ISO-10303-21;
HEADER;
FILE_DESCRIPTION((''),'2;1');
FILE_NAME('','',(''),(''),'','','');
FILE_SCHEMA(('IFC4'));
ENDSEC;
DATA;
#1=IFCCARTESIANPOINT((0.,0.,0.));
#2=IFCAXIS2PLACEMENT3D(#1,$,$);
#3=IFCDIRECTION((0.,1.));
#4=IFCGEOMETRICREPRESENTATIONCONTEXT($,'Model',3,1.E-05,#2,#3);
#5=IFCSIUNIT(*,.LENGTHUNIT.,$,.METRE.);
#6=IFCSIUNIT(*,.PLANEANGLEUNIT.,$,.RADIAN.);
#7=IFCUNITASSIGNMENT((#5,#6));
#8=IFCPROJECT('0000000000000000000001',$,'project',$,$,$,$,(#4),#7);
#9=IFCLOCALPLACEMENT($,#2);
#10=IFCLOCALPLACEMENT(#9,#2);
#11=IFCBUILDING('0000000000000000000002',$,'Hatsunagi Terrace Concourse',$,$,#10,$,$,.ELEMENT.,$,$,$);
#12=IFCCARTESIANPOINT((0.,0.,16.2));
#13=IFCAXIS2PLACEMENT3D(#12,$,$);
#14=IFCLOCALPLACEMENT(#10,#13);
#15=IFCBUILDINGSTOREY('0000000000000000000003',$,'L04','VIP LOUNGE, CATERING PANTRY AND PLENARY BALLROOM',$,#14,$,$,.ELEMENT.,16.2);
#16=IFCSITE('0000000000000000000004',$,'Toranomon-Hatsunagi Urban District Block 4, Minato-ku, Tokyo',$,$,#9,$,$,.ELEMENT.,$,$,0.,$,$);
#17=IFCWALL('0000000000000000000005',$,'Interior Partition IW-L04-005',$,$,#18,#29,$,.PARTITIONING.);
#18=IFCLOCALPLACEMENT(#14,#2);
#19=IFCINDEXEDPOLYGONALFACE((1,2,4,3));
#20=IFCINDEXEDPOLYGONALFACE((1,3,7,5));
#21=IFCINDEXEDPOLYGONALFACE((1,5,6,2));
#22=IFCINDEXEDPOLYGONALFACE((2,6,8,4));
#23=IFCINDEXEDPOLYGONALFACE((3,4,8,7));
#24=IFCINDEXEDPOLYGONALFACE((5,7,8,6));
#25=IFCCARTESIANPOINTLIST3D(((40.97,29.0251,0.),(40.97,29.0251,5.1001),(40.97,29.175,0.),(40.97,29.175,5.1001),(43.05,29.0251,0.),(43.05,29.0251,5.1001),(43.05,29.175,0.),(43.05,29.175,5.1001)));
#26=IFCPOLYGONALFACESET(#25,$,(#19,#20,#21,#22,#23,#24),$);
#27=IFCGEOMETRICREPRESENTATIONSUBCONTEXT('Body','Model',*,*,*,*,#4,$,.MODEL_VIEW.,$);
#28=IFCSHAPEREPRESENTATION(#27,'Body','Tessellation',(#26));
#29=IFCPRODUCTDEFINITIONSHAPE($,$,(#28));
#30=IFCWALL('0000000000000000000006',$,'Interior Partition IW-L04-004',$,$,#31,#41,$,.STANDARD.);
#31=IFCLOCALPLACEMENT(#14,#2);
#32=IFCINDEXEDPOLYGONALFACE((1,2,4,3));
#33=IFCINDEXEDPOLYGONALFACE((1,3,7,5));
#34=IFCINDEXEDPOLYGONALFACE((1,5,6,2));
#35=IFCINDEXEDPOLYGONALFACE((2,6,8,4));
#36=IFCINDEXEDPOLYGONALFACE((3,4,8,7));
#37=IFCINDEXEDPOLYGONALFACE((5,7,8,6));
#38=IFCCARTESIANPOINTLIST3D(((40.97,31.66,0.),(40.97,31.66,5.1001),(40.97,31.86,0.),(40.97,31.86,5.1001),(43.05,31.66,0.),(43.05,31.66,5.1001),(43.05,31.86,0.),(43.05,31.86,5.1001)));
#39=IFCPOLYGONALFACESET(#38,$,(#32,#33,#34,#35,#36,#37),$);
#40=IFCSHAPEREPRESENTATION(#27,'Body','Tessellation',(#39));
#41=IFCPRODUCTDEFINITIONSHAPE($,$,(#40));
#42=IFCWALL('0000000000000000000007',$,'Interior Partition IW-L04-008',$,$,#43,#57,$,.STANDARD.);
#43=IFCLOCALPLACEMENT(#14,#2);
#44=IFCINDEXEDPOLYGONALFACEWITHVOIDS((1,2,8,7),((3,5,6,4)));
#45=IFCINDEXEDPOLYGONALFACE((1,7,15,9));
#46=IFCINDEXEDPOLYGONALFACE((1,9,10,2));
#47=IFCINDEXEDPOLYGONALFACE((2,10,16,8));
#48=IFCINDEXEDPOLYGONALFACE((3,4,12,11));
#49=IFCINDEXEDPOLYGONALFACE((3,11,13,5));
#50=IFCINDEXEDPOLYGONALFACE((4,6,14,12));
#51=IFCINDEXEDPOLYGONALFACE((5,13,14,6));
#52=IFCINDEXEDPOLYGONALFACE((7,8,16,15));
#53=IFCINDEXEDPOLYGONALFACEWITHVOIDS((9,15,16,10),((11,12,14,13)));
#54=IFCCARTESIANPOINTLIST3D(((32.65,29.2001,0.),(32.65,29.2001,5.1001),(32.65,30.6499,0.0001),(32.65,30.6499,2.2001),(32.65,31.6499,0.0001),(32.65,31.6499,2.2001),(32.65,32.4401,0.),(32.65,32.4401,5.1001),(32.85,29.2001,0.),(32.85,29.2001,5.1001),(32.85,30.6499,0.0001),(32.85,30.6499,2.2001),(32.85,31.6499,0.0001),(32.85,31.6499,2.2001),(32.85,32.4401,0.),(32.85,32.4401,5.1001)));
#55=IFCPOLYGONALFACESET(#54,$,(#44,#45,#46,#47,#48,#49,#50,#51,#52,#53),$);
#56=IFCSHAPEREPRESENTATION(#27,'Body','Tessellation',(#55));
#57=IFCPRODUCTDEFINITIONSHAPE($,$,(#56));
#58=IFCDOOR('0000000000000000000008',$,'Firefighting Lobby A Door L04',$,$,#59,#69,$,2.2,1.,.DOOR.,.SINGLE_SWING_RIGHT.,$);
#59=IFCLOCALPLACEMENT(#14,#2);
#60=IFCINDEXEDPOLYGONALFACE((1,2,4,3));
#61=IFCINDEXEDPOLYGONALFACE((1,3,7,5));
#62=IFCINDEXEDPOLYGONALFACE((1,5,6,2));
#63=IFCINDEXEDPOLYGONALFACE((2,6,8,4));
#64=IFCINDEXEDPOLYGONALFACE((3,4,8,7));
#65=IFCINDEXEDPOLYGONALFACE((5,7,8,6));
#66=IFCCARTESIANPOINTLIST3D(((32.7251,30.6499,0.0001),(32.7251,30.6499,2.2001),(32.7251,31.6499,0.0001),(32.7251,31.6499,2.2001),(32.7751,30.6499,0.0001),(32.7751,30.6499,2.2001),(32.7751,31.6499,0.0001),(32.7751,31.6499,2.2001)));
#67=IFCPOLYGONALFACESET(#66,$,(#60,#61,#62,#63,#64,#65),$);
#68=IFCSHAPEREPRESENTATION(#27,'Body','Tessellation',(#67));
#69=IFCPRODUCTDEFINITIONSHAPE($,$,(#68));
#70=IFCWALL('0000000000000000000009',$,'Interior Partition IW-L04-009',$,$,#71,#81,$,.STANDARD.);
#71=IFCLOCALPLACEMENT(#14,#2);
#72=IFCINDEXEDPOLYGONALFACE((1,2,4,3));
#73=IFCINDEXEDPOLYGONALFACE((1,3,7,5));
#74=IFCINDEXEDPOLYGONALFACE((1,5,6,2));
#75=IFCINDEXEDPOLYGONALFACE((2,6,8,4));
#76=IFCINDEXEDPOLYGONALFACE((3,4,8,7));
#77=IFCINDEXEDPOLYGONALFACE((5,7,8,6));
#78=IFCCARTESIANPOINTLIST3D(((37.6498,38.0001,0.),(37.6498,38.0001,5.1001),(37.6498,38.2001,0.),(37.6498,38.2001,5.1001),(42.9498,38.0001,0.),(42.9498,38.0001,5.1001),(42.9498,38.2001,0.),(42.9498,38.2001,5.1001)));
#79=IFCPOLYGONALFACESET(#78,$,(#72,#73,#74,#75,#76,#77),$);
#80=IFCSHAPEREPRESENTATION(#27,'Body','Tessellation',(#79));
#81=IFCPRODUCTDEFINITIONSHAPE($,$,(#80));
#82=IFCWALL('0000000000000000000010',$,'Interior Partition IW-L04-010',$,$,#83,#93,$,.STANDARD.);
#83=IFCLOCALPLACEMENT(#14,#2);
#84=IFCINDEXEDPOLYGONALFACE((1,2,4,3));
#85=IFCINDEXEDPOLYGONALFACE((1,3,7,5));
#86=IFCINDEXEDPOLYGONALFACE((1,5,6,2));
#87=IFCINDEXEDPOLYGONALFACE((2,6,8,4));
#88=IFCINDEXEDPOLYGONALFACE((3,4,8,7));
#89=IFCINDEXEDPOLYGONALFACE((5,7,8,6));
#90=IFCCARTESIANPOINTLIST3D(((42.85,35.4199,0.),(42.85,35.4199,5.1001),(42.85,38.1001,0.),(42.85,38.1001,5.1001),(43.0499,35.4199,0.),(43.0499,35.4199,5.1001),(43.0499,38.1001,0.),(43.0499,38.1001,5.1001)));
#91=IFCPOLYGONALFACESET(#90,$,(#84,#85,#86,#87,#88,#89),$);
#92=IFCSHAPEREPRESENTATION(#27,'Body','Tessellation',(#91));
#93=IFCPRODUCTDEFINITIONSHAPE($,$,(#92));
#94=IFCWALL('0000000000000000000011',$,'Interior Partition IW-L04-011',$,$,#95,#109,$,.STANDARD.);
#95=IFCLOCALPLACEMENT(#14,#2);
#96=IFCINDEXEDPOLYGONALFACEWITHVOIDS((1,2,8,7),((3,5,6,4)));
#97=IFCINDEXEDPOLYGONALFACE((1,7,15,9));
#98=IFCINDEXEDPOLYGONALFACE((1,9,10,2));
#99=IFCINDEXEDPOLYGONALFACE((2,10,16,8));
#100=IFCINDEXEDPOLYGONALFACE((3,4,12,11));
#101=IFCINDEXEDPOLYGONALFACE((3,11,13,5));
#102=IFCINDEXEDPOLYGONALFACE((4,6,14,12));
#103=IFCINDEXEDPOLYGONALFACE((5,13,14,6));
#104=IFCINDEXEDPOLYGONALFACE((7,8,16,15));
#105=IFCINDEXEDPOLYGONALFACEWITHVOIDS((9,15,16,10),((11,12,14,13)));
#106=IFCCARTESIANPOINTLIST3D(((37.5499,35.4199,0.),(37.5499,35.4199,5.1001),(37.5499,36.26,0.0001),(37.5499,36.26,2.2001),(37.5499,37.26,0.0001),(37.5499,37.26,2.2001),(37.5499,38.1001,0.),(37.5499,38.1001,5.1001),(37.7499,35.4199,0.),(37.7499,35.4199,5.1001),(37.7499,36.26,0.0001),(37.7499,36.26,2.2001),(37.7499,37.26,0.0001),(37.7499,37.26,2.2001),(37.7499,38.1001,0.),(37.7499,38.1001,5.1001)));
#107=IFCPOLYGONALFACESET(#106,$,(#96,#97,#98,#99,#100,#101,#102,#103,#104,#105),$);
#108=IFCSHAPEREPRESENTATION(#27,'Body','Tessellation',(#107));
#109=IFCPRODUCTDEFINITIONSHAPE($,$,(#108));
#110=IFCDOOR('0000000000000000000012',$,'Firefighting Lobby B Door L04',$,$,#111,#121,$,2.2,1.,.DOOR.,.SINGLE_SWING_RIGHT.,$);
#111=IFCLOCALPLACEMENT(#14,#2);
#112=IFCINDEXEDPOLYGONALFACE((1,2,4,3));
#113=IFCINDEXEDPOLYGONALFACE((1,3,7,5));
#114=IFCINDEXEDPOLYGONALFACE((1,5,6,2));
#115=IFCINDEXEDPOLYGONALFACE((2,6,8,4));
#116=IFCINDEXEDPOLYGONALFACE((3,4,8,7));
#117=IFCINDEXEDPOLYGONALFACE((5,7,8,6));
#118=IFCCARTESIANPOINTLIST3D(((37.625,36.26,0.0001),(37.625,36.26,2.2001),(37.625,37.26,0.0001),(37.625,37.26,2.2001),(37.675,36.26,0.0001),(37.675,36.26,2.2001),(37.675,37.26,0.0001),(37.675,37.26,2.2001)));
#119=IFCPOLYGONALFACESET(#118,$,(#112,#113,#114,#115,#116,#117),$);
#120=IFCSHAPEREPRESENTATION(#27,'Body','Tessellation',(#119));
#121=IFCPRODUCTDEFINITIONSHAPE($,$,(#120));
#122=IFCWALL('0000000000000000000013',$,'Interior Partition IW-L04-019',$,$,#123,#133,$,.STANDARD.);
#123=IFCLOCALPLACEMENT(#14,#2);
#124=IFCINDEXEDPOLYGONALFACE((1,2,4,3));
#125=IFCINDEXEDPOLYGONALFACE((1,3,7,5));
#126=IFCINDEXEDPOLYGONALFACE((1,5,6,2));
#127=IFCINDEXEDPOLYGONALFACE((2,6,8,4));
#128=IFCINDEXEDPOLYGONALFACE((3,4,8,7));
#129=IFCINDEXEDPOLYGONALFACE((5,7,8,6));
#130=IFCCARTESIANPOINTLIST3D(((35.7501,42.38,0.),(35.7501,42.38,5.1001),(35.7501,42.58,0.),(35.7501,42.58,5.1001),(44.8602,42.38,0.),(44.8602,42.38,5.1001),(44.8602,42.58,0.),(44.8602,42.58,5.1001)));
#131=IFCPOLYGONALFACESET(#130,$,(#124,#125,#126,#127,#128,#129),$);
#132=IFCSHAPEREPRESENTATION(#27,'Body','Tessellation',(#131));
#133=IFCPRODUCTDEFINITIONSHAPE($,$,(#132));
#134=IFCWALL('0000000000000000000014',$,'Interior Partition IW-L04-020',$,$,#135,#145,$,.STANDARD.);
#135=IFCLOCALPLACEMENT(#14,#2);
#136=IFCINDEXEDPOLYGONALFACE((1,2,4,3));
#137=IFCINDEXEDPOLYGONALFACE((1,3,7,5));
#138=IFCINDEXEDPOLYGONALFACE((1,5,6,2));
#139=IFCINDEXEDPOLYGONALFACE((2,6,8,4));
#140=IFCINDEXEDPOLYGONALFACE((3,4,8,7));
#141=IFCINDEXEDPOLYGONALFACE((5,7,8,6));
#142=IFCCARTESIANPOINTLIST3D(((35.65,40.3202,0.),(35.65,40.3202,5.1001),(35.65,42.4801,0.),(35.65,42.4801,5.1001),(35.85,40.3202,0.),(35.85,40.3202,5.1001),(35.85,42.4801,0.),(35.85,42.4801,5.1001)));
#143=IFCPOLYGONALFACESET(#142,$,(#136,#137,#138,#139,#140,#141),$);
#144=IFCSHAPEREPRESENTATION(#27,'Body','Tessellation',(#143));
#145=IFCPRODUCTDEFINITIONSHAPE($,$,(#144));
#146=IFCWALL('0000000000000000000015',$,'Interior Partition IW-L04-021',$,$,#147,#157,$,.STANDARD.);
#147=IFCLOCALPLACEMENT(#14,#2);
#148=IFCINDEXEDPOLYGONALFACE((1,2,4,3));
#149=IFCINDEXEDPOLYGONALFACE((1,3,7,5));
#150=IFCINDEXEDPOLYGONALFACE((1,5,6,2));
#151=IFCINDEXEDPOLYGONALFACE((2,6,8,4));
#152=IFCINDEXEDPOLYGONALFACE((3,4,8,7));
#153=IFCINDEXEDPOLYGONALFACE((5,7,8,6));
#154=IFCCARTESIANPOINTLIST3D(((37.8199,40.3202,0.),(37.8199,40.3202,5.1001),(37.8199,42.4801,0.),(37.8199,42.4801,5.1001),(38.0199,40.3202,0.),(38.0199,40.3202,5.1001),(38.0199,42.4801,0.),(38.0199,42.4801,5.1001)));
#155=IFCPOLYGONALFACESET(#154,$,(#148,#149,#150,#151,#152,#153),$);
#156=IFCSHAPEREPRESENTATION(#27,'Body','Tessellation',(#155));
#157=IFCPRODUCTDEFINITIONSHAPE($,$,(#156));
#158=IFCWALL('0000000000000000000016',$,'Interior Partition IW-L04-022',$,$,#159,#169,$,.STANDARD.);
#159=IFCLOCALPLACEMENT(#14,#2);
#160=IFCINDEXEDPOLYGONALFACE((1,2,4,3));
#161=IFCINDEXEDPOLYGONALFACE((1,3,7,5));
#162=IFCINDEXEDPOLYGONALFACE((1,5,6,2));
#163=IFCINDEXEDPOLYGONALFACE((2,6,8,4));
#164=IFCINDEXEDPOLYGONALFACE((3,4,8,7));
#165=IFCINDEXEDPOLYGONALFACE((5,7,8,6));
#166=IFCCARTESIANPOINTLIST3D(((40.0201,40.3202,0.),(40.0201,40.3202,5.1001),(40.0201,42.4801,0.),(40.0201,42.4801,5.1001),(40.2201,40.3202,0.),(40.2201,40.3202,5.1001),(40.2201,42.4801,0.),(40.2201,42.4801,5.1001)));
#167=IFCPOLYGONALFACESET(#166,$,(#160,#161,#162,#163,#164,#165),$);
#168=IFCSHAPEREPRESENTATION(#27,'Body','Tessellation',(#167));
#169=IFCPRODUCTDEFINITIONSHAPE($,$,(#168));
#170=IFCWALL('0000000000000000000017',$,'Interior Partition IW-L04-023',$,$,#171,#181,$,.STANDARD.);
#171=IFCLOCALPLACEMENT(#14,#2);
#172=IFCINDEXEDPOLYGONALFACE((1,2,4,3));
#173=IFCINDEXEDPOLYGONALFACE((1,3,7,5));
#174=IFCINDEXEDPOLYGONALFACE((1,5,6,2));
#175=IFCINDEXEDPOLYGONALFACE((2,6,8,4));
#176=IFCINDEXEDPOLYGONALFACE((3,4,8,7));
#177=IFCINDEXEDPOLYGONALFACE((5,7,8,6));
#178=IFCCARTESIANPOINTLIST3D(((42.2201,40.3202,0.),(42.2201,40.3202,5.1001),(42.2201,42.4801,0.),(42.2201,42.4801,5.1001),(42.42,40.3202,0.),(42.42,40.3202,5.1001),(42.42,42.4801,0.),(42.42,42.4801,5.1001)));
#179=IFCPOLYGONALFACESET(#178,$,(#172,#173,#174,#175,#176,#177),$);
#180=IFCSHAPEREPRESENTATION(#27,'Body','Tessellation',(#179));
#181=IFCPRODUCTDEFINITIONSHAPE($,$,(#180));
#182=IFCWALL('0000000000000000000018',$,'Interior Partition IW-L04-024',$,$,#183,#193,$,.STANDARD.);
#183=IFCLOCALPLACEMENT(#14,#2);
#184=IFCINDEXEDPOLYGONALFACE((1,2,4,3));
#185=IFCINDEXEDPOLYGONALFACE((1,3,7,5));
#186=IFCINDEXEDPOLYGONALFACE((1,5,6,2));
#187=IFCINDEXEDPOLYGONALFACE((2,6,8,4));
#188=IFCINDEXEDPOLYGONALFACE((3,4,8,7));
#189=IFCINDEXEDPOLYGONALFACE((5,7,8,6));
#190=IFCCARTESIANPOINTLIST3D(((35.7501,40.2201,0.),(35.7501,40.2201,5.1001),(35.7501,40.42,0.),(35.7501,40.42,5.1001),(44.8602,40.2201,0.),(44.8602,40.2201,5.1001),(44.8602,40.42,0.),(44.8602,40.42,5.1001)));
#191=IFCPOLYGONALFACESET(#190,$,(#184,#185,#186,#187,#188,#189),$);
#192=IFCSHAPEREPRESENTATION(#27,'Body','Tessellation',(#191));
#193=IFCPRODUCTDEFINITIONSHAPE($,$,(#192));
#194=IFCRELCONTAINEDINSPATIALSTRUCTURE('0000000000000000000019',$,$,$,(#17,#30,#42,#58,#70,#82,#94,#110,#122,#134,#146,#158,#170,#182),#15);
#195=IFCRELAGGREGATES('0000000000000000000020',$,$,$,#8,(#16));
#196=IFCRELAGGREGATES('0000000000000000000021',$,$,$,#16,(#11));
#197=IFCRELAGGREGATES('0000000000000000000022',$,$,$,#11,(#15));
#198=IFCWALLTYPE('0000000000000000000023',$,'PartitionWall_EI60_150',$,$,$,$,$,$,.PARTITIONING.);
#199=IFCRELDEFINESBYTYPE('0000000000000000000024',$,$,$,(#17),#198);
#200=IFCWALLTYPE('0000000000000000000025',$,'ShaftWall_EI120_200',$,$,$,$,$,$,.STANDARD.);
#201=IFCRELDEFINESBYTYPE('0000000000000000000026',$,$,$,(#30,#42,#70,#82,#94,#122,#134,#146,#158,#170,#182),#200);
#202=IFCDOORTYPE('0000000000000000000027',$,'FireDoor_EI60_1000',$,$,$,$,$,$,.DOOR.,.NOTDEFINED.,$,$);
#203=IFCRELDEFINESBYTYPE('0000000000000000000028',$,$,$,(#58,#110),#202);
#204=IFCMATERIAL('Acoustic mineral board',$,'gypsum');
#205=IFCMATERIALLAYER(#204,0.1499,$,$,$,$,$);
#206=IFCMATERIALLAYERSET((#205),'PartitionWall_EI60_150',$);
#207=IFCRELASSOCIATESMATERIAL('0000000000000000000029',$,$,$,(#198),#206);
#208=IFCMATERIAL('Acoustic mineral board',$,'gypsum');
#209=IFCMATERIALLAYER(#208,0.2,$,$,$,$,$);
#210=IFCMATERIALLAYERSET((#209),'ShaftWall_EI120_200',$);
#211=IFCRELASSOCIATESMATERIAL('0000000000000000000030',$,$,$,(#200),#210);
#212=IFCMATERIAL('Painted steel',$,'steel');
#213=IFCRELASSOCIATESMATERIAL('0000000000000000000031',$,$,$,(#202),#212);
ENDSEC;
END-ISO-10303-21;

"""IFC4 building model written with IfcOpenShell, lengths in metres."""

from ifc_helpers import new_model, si_unit, direction, frame, frame_2d, origin, place, context, subcontext, project, spatial, rectangle, extrude, material, layer, layer_set, type_object, element, fill, save


model = new_model("IFC4")

# Units and contexts
model_context = context("Model", 3, precision=1e-05, world=origin(), true_north=direction((0.0, 1.0)))
body_context = subcontext(model_context, "Body", "Model", "MODEL_VIEW")
ifc_project = project(units=[si_unit("LENGTHUNIT", "METRE"), si_unit("PLANEANGLEUNIT", "RADIAN")], contexts=[model_context])

# Site, building, storey
site_placement = place(None, origin())
site = spatial("IfcSite", under=ifc_project, at=site_placement, Name="Toranomon-Hatsunagi Urban District Block 4, Minato-ku, Tokyo", CompositionType="ELEMENT", RefElevation=0.0)
building_placement = place(site_placement, origin())
building = spatial("IfcBuilding", under=site, at=building_placement, Name="Hatsunagi Terrace Concourse", CompositionType="ELEMENT")
storey_placement = place(building_placement, frame((0.0, 0.0, 16.2)))
storey = spatial("IfcBuildingStorey", under=building, at=storey_placement, Name="L04", Description="VIP LOUNGE, CATERING PANTRY AND PLENARY BALLROOM", CompositionType="ELEMENT", Elevation=16.2)

# Walls
ifc_material_1 = material(Name="Acoustic mineral board", Category="gypsum")
ifc_layer_1 = layer(ifc_material_1, 0.1499)
ifc_layer_set_1 = layer_set([ifc_layer_1], Name="PartitionWall_EI60_150")
wall_type_1 = type_object("IfcWallType", Name="PartitionWall_EI60_150", PredefinedType="PARTITIONING", material=ifc_layer_set_1)
wall_1_placement = place(storey_placement, frame((40.97, 29.1001, 0.0), z_axis=(0.0, 0.0, 1.0), x_axis=(1.0, 0.0, 0.0)))
element("IfcWall", 1, at=wall_1_placement, inside=storey, type_object=wall_type_1, Name="Interior Partition IW-L04-005", PredefinedType="PARTITIONING", context=body_context, shape_type="SweptSolid", body=[
    extrude(rectangle(XDim=2.0801, YDim=0.1499, at=frame_2d((1.04, 0.0))), origin(), (0.0, 0.0, 1.0), 5.1001),
])
ifc_material_2 = material(Name="Acoustic mineral board", Category="gypsum")
ifc_layer_2 = layer(ifc_material_2, 0.2)
ifc_layer_set_2 = layer_set([ifc_layer_2], Name="ShaftWall_EI120_200")
wall_type_2 = type_object("IfcWallType", Name="ShaftWall_EI120_200", PredefinedType="STANDARD", material=ifc_layer_set_2)
wall_2_placement = place(storey_placement, frame((40.97, 31.76, 0.0), z_axis=(0.0, 0.0, 1.0), x_axis=(1.0, 0.0, 0.0)))
element("IfcWall", 2, at=wall_2_placement, inside=storey, type_object=wall_type_2, Name="Interior Partition IW-L04-004", PredefinedType="STANDARD", context=body_context, shape_type="SweptSolid", body=[
    extrude(rectangle(XDim=2.0801, YDim=0.2, at=frame_2d((1.04, 0.0))), origin(), (0.0, 0.0, 1.0), 5.1001),
])

# Wall, opening, door
wall_3_placement = place(storey_placement, frame((32.75, 29.2, 0.0), z_axis=(0.0, 0.0, 1.0), x_axis=(0.0, 1.0, 0.0)))
wall_3 = element("IfcWall", 3, at=wall_3_placement, inside=storey, type_object=wall_type_2, Name="Interior Partition IW-L04-008", PredefinedType="STANDARD", context=body_context, shape_type="SweptSolid", body=[
    extrude(rectangle(XDim=3.24, YDim=0.2, at=frame_2d((1.6201, 0.0))), origin(), (0.0, 0.0, 1.0), 5.1001),
])
opening_1_placement = place(wall_3_placement, frame((1.45, 0.0, 0.0)))
opening_1 = element("IfcOpeningElement", 4, at=opening_1_placement, cuts=wall_3, PredefinedType="OPENING", context=body_context, shape_type="SweptSolid", body=[
    extrude(rectangle(XDim=1.0, YDim=2.2, at=frame_2d((0.5, 1.1001))), frame((0.0, 0.1099, 0.0), z_axis=(0.0, -1.0, 0.0), x_axis=(1.0, 0.0, 0.0)), (0.0, 0.0, 1.0), 0.22),
])
ifc_material_3 = material(Name="Painted steel", Category="steel")
door_type_1 = type_object("IfcDoorType", Name="FireDoor_EI60_1000", OperationType="NOTDEFINED", PredefinedType="DOOR", material=ifc_material_3)
door_1_placement = place(opening_1_placement, origin())
door_1 = element("IfcDoor", 5, at=door_1_placement, inside=storey, type_object=door_type_1, Name="Firefighting Lobby A Door L04", OperationType="SINGLE_SWING_RIGHT", OverallHeight=2.2, OverallWidth=1.0, PredefinedType="DOOR", context=body_context, shape_type="SweptSolid", body=[
    extrude(rectangle(XDim=1.0, YDim=2.2, at=frame_2d((0.5, 1.1001))), frame((0.0, 0.0249, 0.0), z_axis=(0.0, -1.0, 0.0), x_axis=(1.0, 0.0, 0.0)), (0.0, 0.0, 1.0), 0.05),
])
fill(opening_1, door_1)

# Walls
wall_4_placement = place(storey_placement, frame((37.6499, 38.1001, 0.0), z_axis=(0.0, 0.0, 1.0), x_axis=(1.0, 0.0, 0.0)))
element("IfcWall", 6, at=wall_4_placement, inside=storey, type_object=wall_type_2, Name="Interior Partition IW-L04-009", PredefinedType="STANDARD", context=body_context, shape_type="SweptSolid", body=[
    extrude(rectangle(XDim=5.3, YDim=0.2, at=frame_2d((2.6499, 0.0))), origin(), (0.0, 0.0, 1.0), 5.1001),
])
wall_5_placement = place(storey_placement, frame((42.95, 35.4199, 0.0), z_axis=(0.0, 0.0, 1.0), x_axis=(0.0, 1.0, 0.0)))
element("IfcWall", 7, at=wall_5_placement, inside=storey, type_object=wall_type_2, Name="Interior Partition IW-L04-010", PredefinedType="STANDARD", context=body_context, shape_type="SweptSolid", body=[
    extrude(rectangle(XDim=2.6802, YDim=0.2, at=frame_2d((1.3401, 0.0))), origin(), (0.0, 0.0, 1.0), 5.1001),
])

# Wall, opening, door
wall_6_placement = place(storey_placement, frame((37.6499, 35.4199, 0.0), z_axis=(0.0, 0.0, 1.0), x_axis=(0.0, 1.0, 0.0)))
wall_6 = element("IfcWall", 8, at=wall_6_placement, inside=storey, type_object=wall_type_2, Name="Interior Partition IW-L04-011", PredefinedType="STANDARD", context=body_context, shape_type="SweptSolid", body=[
    extrude(rectangle(XDim=2.6802, YDim=0.2, at=frame_2d((1.3401, 0.0))), origin(), (0.0, 0.0, 1.0), 5.1001),
])
opening_2_placement = place(wall_6_placement, frame((0.8401, 0.0, 0.0)))
opening_2 = element("IfcOpeningElement", 9, at=opening_2_placement, cuts=wall_6, PredefinedType="OPENING", context=body_context, shape_type="SweptSolid", body=[
    extrude(rectangle(XDim=1.0, YDim=2.2, at=frame_2d((0.5, 1.1001))), frame((0.0, 0.1099, 0.0), z_axis=(0.0, -1.0, 0.0), x_axis=(1.0, 0.0, 0.0)), (0.0, 0.0, 1.0), 0.22),
])
door_2_placement = place(opening_2_placement, origin())
door_2 = element("IfcDoor", 10, at=door_2_placement, inside=storey, type_object=door_type_1, Name="Firefighting Lobby B Door L04", OperationType="SINGLE_SWING_RIGHT", OverallHeight=2.2, OverallWidth=1.0, PredefinedType="DOOR", context=body_context, shape_type="SweptSolid", body=[
    extrude(rectangle(XDim=1.0, YDim=2.2, at=frame_2d((0.5, 1.1001))), frame((0.0, 0.0249, 0.0), z_axis=(0.0, -1.0, 0.0), x_axis=(1.0, 0.0, 0.0)), (0.0, 0.0, 1.0), 0.05),
])
fill(opening_2, door_2)

# Walls
wall_7_placement = place(storey_placement, frame((35.75, 42.48, 0.0), z_axis=(0.0, 0.0, 1.0), x_axis=(1.0, 0.0, 0.0)))
element("IfcWall", 11, at=wall_7_placement, inside=storey, type_object=wall_type_2, Name="Interior Partition IW-L04-019", PredefinedType="STANDARD", context=body_context, shape_type="SweptSolid", body=[
    extrude(rectangle(XDim=9.1101, YDim=0.2, at=frame_2d((4.5552, 0.0))), origin(), (0.0, 0.0, 1.0), 5.1001),
])
for number, where, z_axis, x_axis, name in (
    (12, (35.75, 40.3201, 0.0), (0.0, 0.0, 1.0), (0.0, 1.0, 0.0), "Interior Partition IW-L04-020"),
    (13, (37.9199, 40.3201, 0.0), (0.0, 0.0, 1.0), (0.0, 1.0, 0.0), "Interior Partition IW-L04-021"),
    (14, (40.1201, 40.3201, 0.0), (0.0, 0.0, 1.0), (0.0, 1.0, 0.0), "Interior Partition IW-L04-022"),
    (15, (42.3201, 40.3201, 0.0), (0.0, 0.0, 1.0), (0.0, 1.0, 0.0), "Interior Partition IW-L04-023"),
):
    element("IfcWall", number, at=place(storey_placement, frame(where, z_axis=z_axis, x_axis=x_axis)), inside=storey, type_object=wall_type_2, Name=name, PredefinedType="STANDARD", context=body_context, shape_type="SweptSolid", body=[
        extrude(rectangle(XDim=2.1599, YDim=0.2, at=frame_2d((1.0801, 0.0))), origin(), (0.0, 0.0, 1.0), 5.1001),
    ])
wall_8_placement = place(storey_placement, frame((35.75, 40.3201, 0.0), z_axis=(0.0, 0.0, 1.0), x_axis=(1.0, 0.0, 0.0)))
element("IfcWall", 16, at=wall_8_placement, inside=storey, type_object=wall_type_2, Name="Interior Partition IW-L04-024", PredefinedType="STANDARD", context=body_context, shape_type="SweptSolid", body=[
    extrude(rectangle(XDim=9.1101, YDim=0.2, at=frame_2d((4.5552, 0.0))), origin(), (0.0, 0.0, 1.0), 5.1001),
])

save(model, "model.ifc")
